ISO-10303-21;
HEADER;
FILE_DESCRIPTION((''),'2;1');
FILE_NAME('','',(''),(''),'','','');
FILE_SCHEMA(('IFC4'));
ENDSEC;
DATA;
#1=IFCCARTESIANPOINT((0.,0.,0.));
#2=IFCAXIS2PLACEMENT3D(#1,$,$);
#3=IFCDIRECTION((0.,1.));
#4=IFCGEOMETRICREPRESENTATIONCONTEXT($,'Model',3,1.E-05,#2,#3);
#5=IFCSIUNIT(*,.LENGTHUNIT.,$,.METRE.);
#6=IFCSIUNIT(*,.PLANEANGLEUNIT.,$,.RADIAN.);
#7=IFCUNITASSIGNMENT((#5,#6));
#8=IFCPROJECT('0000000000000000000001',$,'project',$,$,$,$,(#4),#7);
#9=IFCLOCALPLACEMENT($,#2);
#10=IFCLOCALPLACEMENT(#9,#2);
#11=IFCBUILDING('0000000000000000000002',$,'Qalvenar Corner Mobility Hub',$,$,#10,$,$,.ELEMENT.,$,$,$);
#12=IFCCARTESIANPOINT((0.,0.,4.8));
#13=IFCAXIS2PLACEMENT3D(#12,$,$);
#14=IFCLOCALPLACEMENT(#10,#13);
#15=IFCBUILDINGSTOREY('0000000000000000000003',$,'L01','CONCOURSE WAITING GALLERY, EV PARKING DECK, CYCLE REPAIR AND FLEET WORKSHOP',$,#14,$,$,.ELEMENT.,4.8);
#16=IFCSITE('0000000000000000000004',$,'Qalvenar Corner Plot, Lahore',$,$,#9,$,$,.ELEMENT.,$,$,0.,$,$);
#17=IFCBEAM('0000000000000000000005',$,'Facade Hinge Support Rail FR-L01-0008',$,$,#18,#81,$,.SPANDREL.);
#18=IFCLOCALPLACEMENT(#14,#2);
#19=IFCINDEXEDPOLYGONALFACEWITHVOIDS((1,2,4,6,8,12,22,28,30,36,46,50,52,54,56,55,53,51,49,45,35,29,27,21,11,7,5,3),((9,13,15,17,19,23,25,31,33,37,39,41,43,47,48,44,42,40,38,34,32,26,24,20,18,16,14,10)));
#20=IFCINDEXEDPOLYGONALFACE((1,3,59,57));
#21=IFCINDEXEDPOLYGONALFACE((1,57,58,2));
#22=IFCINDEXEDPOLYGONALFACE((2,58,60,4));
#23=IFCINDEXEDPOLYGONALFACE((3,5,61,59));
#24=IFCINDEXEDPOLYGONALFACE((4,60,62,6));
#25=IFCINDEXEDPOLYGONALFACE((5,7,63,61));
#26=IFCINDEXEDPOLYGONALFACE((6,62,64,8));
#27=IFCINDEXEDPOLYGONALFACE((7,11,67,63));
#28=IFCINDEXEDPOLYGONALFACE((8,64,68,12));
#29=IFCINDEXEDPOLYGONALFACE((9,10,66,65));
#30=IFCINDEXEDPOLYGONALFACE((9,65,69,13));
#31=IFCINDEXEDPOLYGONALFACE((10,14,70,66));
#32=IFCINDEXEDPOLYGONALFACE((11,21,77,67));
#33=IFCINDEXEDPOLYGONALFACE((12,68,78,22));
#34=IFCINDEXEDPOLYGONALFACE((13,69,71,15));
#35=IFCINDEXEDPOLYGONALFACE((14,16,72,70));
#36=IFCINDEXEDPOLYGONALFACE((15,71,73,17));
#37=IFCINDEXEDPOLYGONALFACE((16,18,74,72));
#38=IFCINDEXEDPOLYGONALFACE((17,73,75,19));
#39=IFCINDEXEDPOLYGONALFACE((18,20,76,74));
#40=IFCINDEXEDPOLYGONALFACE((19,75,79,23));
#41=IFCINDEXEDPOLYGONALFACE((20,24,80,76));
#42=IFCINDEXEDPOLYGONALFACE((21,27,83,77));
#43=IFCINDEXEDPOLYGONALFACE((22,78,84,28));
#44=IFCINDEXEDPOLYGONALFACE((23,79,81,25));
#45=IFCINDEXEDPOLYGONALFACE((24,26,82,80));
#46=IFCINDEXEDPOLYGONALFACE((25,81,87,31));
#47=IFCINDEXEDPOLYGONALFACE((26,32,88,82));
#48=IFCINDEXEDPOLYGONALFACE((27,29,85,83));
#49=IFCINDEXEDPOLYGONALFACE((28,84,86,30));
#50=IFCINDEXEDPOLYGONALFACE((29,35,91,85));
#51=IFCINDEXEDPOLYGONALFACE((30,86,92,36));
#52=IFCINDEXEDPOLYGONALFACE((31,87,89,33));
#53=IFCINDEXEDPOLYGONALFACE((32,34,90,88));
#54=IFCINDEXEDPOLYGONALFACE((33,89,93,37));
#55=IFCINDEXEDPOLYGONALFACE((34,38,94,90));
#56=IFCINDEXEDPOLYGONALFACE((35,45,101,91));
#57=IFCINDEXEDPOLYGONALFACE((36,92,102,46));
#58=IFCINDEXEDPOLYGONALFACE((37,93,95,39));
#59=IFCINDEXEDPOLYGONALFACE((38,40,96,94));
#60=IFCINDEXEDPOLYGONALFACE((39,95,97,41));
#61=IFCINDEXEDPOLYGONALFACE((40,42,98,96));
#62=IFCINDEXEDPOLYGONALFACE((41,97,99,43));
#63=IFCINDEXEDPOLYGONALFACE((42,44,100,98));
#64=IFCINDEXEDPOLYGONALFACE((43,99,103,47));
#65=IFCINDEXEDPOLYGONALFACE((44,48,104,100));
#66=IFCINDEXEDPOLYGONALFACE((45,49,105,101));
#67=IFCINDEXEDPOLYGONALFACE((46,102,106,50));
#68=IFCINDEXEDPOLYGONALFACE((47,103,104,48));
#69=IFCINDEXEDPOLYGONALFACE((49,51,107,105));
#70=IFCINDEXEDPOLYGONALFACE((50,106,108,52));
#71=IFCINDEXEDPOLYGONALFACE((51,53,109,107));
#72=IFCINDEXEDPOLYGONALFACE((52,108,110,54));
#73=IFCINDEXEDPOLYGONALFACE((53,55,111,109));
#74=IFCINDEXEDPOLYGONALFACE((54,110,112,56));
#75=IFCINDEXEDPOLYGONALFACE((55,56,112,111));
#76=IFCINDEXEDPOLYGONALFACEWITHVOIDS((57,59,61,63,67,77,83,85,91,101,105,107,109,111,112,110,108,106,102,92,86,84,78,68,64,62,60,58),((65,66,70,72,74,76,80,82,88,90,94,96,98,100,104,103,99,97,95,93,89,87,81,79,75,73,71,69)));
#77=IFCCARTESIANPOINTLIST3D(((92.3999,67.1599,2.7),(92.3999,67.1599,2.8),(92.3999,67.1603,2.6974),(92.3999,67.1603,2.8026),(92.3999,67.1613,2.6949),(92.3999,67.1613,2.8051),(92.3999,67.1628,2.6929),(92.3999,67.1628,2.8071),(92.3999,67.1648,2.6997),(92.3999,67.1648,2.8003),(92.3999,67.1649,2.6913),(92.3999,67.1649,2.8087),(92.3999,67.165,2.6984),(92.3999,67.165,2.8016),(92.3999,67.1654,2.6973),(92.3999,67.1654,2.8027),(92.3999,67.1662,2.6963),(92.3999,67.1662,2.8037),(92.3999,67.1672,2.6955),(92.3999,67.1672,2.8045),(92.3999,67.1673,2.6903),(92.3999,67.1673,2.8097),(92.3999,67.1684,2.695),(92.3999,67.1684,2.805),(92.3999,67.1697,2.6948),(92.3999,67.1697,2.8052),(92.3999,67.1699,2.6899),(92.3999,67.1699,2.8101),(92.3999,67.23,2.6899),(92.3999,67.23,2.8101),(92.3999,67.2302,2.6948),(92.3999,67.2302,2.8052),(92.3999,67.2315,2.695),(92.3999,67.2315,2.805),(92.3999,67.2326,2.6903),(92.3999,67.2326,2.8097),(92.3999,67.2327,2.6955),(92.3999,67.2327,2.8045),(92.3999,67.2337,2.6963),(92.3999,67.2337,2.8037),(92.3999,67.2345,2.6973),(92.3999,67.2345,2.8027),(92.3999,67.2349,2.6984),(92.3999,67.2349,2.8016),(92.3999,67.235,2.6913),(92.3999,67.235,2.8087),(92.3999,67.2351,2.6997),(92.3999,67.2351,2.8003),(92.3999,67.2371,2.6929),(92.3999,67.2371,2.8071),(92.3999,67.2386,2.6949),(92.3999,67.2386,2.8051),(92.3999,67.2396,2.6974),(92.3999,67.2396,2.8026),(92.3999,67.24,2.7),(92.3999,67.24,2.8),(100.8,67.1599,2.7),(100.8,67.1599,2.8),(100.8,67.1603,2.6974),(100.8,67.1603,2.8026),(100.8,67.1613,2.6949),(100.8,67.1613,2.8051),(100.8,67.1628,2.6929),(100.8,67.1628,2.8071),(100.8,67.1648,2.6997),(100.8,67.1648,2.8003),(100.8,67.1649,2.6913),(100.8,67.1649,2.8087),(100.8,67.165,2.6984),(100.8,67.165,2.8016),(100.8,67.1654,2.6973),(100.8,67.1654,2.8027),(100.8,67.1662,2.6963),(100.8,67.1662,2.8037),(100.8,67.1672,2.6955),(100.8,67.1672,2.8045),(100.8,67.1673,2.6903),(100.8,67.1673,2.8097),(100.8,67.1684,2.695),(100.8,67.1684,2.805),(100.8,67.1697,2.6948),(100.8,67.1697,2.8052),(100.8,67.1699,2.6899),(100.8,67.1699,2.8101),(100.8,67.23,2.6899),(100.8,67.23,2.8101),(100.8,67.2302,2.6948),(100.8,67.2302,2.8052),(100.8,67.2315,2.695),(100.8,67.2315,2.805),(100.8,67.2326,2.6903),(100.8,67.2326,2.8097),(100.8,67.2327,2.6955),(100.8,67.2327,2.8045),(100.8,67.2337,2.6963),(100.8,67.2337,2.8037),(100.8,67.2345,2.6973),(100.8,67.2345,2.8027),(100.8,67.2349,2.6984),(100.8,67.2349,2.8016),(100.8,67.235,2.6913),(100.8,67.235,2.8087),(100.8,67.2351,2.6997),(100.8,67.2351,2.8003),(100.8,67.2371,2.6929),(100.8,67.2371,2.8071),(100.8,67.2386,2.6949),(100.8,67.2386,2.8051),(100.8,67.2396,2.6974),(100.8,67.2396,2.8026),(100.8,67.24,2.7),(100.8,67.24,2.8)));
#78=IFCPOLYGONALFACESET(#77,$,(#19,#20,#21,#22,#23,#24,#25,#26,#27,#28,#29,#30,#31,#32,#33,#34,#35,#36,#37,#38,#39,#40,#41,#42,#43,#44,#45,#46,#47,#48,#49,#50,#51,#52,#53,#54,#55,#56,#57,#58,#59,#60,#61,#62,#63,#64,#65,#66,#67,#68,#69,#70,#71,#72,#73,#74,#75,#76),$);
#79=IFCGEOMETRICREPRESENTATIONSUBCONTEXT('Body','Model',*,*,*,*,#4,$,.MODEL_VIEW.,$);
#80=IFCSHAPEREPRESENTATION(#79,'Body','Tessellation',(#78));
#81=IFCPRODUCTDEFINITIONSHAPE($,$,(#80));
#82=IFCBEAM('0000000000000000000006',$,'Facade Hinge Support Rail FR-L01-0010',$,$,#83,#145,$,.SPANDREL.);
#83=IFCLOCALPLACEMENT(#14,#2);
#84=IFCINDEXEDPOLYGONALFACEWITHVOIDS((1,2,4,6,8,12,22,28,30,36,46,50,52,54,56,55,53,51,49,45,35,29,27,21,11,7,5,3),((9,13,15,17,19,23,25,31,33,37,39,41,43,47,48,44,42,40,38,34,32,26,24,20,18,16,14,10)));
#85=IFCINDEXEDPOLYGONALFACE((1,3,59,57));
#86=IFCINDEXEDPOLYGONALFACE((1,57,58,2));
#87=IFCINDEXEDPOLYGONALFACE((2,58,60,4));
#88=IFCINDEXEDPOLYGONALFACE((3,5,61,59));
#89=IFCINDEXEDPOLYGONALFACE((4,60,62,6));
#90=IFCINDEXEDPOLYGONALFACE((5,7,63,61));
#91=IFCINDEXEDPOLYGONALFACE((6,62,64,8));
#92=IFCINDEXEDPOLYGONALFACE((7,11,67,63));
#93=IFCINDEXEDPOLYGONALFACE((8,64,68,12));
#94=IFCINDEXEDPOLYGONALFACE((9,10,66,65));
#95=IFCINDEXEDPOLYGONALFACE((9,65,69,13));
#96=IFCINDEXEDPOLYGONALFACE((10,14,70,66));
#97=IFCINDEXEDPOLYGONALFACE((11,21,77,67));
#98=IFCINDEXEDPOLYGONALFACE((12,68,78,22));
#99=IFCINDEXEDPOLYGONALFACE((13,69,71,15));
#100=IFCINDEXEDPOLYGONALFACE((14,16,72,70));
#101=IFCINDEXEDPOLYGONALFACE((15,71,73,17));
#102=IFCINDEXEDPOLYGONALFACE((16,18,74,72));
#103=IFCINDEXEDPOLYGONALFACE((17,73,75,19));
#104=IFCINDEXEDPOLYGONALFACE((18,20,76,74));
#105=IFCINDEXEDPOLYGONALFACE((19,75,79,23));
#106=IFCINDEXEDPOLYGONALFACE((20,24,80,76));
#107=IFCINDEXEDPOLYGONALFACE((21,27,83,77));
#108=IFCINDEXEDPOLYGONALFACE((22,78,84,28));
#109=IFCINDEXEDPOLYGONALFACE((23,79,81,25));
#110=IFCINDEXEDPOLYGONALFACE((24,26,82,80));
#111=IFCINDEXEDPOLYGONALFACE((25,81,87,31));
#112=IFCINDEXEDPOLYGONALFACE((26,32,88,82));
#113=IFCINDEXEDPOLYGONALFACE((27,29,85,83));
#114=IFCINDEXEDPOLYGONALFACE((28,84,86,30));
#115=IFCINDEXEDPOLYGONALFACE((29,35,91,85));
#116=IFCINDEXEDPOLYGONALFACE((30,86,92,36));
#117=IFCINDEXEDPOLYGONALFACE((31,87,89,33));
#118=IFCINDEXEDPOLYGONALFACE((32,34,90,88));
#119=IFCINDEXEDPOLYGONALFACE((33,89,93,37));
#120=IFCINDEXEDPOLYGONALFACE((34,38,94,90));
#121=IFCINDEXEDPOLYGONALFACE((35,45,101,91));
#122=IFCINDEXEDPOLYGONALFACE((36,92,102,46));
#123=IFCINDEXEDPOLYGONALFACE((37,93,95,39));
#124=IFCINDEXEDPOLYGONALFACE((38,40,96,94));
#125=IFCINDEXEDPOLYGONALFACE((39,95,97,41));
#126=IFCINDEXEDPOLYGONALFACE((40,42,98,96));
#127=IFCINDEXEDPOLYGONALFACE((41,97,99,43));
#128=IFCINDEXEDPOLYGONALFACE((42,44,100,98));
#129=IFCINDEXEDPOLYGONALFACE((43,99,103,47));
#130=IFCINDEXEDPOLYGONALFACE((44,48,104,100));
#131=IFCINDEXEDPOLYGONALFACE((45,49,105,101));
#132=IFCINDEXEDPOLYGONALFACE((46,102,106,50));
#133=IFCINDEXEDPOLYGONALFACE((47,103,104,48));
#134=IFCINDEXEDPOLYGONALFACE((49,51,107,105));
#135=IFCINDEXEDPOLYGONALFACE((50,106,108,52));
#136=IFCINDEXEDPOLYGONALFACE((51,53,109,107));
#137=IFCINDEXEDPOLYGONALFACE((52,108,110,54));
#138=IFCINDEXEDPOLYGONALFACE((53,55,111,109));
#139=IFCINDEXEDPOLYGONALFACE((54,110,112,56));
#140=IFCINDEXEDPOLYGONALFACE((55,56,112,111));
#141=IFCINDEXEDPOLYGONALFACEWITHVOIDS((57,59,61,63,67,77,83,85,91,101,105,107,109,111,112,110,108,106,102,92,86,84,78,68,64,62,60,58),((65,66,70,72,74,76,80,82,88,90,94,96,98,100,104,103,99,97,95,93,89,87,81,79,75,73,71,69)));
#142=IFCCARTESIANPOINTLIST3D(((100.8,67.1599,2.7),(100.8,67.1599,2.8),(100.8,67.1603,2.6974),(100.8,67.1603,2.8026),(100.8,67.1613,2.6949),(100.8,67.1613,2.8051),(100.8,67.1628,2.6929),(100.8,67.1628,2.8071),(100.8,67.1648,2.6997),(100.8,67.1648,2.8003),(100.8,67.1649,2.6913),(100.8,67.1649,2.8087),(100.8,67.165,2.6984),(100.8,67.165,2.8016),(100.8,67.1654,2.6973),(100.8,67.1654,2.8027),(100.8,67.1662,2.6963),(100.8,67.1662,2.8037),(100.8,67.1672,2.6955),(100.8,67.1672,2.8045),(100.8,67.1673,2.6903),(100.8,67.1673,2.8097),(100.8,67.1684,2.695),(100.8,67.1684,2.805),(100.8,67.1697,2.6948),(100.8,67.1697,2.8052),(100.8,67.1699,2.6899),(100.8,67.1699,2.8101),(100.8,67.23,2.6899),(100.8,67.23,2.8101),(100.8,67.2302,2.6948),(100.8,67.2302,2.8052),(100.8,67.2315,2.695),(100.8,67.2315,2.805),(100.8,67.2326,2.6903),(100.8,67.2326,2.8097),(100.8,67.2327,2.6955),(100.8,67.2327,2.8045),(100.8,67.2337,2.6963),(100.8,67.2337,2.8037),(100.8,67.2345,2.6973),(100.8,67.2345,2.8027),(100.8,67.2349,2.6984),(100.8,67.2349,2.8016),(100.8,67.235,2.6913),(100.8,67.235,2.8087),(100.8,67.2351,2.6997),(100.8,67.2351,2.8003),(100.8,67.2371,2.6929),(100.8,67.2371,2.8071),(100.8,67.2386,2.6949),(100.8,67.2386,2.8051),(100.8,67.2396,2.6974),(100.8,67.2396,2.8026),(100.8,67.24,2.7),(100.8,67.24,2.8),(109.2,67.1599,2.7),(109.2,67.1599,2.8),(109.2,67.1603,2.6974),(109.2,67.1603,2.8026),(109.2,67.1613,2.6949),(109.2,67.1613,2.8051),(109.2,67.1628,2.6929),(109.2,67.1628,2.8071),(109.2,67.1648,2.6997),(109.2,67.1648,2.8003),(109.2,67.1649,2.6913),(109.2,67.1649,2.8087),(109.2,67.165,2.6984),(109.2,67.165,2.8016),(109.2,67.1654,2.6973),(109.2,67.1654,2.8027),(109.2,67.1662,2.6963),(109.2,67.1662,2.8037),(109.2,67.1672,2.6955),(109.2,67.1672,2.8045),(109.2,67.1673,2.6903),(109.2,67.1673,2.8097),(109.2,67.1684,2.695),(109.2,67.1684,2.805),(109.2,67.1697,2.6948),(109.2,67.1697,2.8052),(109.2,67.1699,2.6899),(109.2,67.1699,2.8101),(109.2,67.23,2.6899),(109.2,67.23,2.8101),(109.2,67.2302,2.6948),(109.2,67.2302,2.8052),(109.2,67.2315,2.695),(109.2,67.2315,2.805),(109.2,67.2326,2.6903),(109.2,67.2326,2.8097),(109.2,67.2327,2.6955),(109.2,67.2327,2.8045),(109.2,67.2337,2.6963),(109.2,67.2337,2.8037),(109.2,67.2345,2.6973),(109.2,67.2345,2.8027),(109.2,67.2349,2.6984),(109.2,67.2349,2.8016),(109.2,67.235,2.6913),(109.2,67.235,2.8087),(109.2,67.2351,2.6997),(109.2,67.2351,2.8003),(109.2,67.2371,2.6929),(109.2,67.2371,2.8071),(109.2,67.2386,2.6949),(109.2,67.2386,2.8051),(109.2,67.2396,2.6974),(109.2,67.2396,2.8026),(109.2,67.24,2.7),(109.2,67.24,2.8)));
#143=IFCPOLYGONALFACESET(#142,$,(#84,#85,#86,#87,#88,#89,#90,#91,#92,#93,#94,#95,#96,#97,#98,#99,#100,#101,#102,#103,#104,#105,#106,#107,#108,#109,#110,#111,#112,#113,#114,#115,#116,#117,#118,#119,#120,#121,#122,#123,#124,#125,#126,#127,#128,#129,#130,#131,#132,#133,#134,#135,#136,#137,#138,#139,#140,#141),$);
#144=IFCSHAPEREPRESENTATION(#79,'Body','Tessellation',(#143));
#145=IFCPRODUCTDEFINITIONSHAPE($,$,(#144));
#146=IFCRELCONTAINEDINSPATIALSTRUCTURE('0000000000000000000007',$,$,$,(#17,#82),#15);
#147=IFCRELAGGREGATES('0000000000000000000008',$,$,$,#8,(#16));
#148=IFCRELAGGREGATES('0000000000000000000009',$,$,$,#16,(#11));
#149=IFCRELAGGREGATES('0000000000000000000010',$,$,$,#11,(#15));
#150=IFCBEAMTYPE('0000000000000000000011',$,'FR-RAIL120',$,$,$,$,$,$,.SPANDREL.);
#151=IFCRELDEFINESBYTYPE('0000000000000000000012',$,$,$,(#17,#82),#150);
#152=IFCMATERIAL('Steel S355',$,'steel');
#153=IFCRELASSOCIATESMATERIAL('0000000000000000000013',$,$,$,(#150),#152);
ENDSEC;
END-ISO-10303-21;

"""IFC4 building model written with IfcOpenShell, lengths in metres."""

from ifc_helpers import new_model, si_unit, direction, frame, origin, origin_2d, place, context, subcontext, project, spatial, hollow_rectangle, extrude, material, material_profile, profile_set, type_object, element, save


model = new_model("IFC4")

# Units and contexts
model_context = context("Model", 3, precision=1e-05, world=origin(), true_north=direction((0.0, 1.0)))
body_context = subcontext(model_context, "Body", "Model", "MODEL_VIEW")
ifc_project = project(units=[si_unit("LENGTHUNIT", "METRE"), si_unit("PLANEANGLEUNIT", "RADIAN")], contexts=[model_context])

# Site, building, storey
site_placement = place(None, origin())
site = spatial("IfcSite", under=ifc_project, at=site_placement, Name="Qalvenar Corner Plot, Lahore", CompositionType="ELEMENT", RefElevation=0.0)
building_placement = place(site_placement, origin())
building = spatial("IfcBuilding", under=site, at=building_placement, Name="Qalvenar Corner Mobility Hub", CompositionType="ELEMENT")
storey_placement = place(building_placement, frame((0.0, 0.0, 4.8)))
storey = spatial("IfcBuildingStorey", under=building, at=storey_placement, Name="L01", Description="CONCOURSE WAITING GALLERY, EV PARKING DECK, CYCLE REPAIR AND FLEET WORKSHOP", CompositionType="ELEMENT", Elevation=4.8)

# Shared definitions
ifc_material = material(Name="Steel S355", Category="steel")

# Beams
ifc_material_profile_1 = material_profile(ifc_material, hollow_rectangle(XDim=0.0801, YDim=0.1201, WallThickness=0.0049, InnerFilletRadius=0.0049, OuterFilletRadius=0.01, at=origin_2d()), Name="RHS120x80x5")
ifc_profile_set_1 = profile_set([ifc_material_profile_1], Name="Steel S355")
beam_type_1 = type_object("IfcBeamType", Name="FR-RAIL120", PredefinedType="SPANDREL", material=ifc_profile_set_1)
beam_1_placement = place(storey_placement, frame((92.3999, 67.2, 2.75), z_axis=(1.0, 0.0, 0.0), x_axis=(0.0, 1.0, 0.0)))
element("IfcBeam", 1, at=beam_1_placement, inside=storey, type_object=beam_type_1, Name="Facade Hinge Support Rail FR-L01-0008", PredefinedType="SPANDREL", context=body_context, shape_type="SweptSolid", body=[
    extrude(hollow_rectangle(XDim=0.0801, YDim=0.1201, WallThickness=0.0049, InnerFilletRadius=0.0049, OuterFilletRadius=0.01, at=origin_2d()), origin(), (0.0, 0.0, 1.0), 8.4001),
])
beam_2_placement = place(storey_placement, frame((100.8, 67.2, 2.75), z_axis=(1.0, 0.0, 0.0), x_axis=(0.0, 1.0, 0.0)))
element("IfcBeam", 2, at=beam_2_placement, inside=storey, type_object=beam_type_1, Name="Facade Hinge Support Rail FR-L01-0010", PredefinedType="SPANDREL", context=body_context, shape_type="SweptSolid", body=[
    extrude(hollow_rectangle(XDim=0.0801, YDim=0.1201, WallThickness=0.0049, InnerFilletRadius=0.0049, OuterFilletRadius=0.01, at=origin_2d()), origin(), (0.0, 0.0, 1.0), 8.3999),
])

save(model, "model.ifc")
